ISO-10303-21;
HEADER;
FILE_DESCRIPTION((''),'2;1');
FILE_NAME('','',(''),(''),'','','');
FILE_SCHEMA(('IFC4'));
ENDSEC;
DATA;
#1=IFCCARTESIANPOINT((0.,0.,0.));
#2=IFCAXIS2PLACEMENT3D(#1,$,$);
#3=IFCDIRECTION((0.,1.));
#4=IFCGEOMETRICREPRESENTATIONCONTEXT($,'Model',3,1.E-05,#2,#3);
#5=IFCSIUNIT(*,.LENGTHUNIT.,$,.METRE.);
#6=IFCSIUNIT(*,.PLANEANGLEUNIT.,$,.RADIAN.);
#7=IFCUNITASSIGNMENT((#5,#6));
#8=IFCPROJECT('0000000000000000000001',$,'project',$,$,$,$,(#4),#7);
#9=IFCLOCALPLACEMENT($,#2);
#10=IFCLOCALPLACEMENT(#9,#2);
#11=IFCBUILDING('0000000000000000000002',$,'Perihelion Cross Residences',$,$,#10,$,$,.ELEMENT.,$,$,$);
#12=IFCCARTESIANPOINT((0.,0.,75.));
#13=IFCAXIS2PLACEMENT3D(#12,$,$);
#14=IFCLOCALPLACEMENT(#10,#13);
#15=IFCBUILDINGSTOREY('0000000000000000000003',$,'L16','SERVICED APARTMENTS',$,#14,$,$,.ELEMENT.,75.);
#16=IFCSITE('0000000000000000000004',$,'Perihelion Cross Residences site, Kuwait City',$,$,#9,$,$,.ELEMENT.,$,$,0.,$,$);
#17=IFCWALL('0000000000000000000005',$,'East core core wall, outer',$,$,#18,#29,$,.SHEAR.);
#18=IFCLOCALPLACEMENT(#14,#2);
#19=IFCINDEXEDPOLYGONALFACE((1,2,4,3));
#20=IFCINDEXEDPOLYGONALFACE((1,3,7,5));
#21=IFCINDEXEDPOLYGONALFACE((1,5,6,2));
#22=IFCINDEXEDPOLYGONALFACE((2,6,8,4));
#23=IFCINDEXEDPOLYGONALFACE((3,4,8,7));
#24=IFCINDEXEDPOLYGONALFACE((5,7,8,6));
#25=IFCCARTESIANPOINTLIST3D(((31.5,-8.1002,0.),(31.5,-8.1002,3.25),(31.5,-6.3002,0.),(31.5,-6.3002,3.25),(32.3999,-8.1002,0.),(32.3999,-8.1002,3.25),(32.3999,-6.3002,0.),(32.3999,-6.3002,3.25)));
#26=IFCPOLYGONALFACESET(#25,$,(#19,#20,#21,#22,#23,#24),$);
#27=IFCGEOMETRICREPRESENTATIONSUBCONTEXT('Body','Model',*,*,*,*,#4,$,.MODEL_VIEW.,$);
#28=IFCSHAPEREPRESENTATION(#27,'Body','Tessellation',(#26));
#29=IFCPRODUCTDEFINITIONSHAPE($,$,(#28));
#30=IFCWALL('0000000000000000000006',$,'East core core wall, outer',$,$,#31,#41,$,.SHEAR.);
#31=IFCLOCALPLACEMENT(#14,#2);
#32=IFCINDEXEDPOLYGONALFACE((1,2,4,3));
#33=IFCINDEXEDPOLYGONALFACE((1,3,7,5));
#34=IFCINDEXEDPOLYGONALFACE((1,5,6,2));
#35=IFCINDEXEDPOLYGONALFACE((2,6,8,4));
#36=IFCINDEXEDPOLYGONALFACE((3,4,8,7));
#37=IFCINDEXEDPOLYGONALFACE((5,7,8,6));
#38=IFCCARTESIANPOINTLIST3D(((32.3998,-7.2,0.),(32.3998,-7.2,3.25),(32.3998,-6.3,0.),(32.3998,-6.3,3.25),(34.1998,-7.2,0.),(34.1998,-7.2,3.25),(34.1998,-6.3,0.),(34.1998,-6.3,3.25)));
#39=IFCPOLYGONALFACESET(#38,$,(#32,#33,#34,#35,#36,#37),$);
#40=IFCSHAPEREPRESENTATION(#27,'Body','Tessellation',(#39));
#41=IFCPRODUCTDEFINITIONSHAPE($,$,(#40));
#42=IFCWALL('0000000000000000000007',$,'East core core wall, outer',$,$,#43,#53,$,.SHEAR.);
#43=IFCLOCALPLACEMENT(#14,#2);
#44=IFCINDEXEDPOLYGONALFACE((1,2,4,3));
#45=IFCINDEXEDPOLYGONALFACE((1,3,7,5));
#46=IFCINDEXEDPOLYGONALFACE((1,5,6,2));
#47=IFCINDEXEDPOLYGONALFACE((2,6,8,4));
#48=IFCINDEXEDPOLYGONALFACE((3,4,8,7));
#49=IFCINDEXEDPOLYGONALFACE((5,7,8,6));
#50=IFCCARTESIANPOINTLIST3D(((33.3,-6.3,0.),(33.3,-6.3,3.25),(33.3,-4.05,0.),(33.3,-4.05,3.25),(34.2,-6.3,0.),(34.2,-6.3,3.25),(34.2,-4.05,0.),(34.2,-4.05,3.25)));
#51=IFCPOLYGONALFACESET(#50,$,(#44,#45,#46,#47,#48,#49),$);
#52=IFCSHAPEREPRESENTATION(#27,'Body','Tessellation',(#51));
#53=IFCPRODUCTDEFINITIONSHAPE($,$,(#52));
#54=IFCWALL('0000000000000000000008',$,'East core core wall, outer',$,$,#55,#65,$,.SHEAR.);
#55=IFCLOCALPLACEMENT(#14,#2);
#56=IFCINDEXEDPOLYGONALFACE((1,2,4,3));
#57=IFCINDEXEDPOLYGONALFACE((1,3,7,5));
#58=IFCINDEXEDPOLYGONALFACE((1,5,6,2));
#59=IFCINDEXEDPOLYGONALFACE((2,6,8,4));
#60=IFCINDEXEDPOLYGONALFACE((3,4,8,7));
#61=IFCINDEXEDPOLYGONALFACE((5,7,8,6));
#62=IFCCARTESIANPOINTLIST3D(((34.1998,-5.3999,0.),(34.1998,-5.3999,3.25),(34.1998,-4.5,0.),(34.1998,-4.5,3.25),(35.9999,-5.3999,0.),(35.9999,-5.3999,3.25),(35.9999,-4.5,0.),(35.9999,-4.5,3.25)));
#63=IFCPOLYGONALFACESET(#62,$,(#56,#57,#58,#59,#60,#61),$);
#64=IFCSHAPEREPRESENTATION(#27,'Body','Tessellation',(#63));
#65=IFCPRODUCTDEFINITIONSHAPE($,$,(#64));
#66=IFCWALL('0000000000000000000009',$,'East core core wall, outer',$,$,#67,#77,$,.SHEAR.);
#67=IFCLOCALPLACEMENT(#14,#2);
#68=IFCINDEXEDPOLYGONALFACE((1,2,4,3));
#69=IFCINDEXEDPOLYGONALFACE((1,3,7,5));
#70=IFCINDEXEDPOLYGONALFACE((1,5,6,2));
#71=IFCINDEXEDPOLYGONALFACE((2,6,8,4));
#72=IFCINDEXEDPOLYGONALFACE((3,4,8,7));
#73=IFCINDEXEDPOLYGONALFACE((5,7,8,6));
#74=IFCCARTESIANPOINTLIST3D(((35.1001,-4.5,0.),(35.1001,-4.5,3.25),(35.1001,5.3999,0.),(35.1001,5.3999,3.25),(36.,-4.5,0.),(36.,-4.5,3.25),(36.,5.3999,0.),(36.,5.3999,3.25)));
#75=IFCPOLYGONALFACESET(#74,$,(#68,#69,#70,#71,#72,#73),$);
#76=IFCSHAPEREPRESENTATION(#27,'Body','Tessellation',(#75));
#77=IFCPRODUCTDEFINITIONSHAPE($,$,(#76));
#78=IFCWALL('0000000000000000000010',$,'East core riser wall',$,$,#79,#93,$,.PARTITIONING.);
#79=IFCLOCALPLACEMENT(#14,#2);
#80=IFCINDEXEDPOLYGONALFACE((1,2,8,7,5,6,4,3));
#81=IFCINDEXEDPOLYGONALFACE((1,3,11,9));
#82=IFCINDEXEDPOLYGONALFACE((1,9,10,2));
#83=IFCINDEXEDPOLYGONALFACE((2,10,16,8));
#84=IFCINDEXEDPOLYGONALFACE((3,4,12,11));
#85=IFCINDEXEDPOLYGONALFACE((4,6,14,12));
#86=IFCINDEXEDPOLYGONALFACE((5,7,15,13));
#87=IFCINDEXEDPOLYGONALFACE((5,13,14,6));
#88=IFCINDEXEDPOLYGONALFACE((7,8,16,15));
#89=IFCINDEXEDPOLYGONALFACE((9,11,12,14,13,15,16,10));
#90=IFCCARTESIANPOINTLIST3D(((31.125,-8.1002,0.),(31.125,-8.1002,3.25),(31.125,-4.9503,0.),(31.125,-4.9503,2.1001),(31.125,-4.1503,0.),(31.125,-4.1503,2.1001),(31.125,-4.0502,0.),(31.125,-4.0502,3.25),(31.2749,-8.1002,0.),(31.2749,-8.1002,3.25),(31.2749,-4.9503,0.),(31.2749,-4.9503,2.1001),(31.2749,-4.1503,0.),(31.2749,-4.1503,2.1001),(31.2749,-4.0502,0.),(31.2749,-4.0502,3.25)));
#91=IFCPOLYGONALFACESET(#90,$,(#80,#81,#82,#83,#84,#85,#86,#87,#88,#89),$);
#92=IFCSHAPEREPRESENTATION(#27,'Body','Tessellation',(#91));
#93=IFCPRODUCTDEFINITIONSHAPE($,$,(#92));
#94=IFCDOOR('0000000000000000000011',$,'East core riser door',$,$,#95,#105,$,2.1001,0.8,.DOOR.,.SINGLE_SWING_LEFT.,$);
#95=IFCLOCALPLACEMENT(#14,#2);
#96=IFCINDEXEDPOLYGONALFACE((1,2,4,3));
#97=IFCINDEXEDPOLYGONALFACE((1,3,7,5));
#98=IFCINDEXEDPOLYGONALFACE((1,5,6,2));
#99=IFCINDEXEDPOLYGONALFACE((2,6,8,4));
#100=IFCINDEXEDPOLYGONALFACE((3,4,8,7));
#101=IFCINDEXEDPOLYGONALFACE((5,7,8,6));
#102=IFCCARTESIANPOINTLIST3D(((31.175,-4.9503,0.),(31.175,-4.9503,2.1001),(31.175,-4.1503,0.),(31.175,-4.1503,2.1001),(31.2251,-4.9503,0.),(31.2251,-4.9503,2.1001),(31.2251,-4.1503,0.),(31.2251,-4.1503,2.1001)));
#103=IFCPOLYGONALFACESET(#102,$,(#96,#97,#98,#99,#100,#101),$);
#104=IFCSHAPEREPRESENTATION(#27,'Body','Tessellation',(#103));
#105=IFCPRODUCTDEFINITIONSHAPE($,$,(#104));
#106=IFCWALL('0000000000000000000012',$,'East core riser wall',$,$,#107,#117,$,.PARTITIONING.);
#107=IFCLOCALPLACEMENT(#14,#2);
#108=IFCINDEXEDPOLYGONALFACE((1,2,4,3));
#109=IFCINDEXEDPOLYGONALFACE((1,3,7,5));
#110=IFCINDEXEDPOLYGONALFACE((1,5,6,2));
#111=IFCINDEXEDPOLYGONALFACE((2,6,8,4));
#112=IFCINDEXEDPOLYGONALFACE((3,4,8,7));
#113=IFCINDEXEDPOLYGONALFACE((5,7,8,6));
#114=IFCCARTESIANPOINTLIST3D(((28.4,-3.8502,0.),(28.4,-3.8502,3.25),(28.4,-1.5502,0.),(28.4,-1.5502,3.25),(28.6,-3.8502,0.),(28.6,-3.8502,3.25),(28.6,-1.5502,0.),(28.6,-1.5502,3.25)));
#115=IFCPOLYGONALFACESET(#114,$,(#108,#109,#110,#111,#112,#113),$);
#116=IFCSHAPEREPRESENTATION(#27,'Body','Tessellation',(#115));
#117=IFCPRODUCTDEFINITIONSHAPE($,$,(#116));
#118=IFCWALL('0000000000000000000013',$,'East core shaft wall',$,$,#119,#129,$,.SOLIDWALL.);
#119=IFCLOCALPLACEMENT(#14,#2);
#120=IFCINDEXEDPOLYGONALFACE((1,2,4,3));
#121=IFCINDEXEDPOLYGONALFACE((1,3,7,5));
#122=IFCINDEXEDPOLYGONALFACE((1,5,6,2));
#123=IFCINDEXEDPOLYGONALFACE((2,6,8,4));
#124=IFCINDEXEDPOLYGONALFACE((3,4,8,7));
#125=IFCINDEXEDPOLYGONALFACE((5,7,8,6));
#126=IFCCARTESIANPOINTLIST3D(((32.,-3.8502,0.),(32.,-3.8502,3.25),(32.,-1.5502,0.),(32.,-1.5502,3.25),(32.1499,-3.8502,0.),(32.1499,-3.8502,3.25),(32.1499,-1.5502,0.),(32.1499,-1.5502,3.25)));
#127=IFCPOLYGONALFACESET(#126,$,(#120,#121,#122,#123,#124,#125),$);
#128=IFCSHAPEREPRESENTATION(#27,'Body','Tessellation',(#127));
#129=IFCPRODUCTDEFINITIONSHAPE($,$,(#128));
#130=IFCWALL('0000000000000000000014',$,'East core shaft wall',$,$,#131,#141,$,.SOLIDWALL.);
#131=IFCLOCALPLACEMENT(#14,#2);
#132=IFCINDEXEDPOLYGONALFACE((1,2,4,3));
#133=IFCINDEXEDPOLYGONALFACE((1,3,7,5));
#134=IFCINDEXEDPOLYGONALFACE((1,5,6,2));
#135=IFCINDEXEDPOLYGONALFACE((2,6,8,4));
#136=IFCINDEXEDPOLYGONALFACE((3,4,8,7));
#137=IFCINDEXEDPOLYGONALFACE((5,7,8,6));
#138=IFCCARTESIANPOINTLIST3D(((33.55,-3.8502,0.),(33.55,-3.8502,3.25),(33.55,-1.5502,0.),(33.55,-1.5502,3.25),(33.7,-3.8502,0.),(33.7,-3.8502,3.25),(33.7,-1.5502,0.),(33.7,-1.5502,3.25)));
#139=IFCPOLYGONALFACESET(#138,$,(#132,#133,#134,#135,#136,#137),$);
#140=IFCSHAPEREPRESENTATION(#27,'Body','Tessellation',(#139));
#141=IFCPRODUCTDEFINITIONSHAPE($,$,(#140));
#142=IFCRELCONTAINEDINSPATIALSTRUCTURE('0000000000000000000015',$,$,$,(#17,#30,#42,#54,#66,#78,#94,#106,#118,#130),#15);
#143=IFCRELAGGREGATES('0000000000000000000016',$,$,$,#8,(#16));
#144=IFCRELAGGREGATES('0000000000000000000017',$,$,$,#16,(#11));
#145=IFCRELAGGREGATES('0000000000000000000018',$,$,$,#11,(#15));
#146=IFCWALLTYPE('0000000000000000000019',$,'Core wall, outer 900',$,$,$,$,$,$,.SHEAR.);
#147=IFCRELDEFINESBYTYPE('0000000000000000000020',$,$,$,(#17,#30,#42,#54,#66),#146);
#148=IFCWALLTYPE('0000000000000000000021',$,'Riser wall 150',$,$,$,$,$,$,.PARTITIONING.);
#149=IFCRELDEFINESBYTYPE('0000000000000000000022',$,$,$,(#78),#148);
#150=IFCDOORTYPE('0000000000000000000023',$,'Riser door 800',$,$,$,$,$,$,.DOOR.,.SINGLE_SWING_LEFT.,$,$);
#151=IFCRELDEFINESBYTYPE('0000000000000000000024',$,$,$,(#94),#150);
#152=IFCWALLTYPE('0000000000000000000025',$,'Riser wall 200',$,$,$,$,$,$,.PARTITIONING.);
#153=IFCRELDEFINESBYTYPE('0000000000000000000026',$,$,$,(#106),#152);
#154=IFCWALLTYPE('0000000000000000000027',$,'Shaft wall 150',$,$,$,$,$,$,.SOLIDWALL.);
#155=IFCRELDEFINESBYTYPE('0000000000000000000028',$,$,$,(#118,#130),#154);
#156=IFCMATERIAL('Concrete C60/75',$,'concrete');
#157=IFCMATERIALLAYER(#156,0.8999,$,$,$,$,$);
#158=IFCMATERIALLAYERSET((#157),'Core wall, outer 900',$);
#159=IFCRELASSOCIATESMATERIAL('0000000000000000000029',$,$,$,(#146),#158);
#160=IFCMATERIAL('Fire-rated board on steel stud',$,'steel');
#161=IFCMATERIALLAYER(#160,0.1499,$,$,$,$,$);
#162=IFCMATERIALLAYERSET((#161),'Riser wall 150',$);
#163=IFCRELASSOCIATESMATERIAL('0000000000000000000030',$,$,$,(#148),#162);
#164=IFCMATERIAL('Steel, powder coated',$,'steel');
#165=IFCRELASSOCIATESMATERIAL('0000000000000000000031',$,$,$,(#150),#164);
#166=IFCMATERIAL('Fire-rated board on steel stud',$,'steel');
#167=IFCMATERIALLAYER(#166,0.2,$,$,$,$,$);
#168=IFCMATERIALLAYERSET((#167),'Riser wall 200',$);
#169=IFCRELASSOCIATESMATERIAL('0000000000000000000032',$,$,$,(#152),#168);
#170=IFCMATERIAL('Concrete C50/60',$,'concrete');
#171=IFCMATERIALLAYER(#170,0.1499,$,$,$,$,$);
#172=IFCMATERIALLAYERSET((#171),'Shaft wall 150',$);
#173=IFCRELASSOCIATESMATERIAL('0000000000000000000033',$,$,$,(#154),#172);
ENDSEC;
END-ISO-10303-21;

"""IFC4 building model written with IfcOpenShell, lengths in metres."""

from ifc_helpers import new_model, si_unit, direction, frame, frame_2d, origin, place, context, subcontext, project, spatial, rectangle, extrude, material, layer, layer_set, type_object, element, fill, save


model = new_model("IFC4")

# Units and contexts
model_context = context("Model", 3, precision=1e-05, world=origin(), true_north=direction((0.0, 1.0)))
body_context = subcontext(model_context, "Body", "Model", "MODEL_VIEW")
ifc_project = project(units=[si_unit("LENGTHUNIT", "METRE"), si_unit("PLANEANGLEUNIT", "RADIAN")], contexts=[model_context])

# Site, building, storey
site_placement = place(None, origin())
site = spatial("IfcSite", under=ifc_project, at=site_placement, Name="Perihelion Cross Residences site, Kuwait City", CompositionType="ELEMENT", RefElevation=0.0)
building_placement = place(site_placement, origin())
building = spatial("IfcBuilding", under=site, at=building_placement, Name="Perihelion Cross Residences", CompositionType="ELEMENT")
storey_placement = place(building_placement, frame((0.0, 0.0, 75.0)))
storey = spatial("IfcBuildingStorey", under=building, at=storey_placement, Name="L16", Description="SERVICED APARTMENTS", CompositionType="ELEMENT", Elevation=75.0)

# Walls
ifc_material_1 = material(Name="Concrete C60/75", Category="concrete")
ifc_layer_1 = layer(ifc_material_1, 0.8999)
ifc_layer_set_1 = layer_set([ifc_layer_1], Name="Core wall, outer 900")
wall_type_1 = type_object("IfcWallType", Name="Core wall, outer 900", PredefinedType="SHEAR", material=ifc_layer_set_1)
for number, where, z_axis, x_axis, name in (
    (1, (31.95, -8.1001, 0.0), (0.0, 0.0, 1.0), (0.0, 1.0, 0.0), "East core core wall, outer"),
    (2, (32.3999, -6.75, 0.0), (0.0, 0.0, 1.0), (1.0, 0.0, 0.0), "East core core wall, outer"),
):
    element("IfcWall", number, at=place(storey_placement, frame(where, z_axis=z_axis, x_axis=x_axis)), inside=storey, type_object=wall_type_1, Name=name, PredefinedType="SHEAR", context=body_context, shape_type="SweptSolid", body=[
        extrude(rectangle(XDim=1.8, YDim=0.8999, at=frame_2d((0.8999, 0.0))), origin(), (0.0, 0.0, 1.0), 3.25),
    ])
wall_1_placement = place(storey_placement, frame((33.75, -6.3, 0.0), z_axis=(0.0, 0.0, 1.0), x_axis=(0.0, 1.0, 0.0)))
element("IfcWall", 3, at=wall_1_placement, inside=storey, type_object=wall_type_1, Name="East core core wall, outer", PredefinedType="SHEAR", context=body_context, shape_type="SweptSolid", body=[
    extrude(rectangle(XDim=2.25, YDim=0.8999, at=frame_2d((1.125, 0.0))), origin(), (0.0, 0.0, 1.0), 3.25),
])
wall_2_placement = place(storey_placement, frame((34.2, -4.95, 0.0), z_axis=(0.0, 0.0, 1.0), x_axis=(1.0, 0.0, 0.0)))
element("IfcWall", 4, at=wall_2_placement, inside=storey, type_object=wall_type_1, Name="East core core wall, outer", PredefinedType="SHEAR", context=body_context, shape_type="SweptSolid", body=[
    extrude(rectangle(XDim=1.8, YDim=0.8999, at=frame_2d((0.8999, 0.0))), origin(), (0.0, 0.0, 1.0), 3.25),
])
wall_3_placement = place(storey_placement, frame((35.55, -4.5, 0.0), z_axis=(0.0, 0.0, 1.0), x_axis=(0.0, 1.0, 0.0)))
element("IfcWall", 5, at=wall_3_placement, inside=storey, type_object=wall_type_1, Name="East core core wall, outer", PredefinedType="SHEAR", context=body_context, shape_type="SweptSolid", body=[
    extrude(rectangle(XDim=9.8999, YDim=0.8999, at=frame_2d((4.95, 0.0))), origin(), (0.0, 0.0, 1.0), 3.25),
])

# Wall, opening, door
ifc_material_2 = material(Name="Fire-rated board on steel stud", Category="steel")
ifc_layer_2 = layer(ifc_material_2, 0.1499)
ifc_layer_set_2 = layer_set([ifc_layer_2], Name="Riser wall 150")
wall_type_2 = type_object("IfcWallType", Name="Riser wall 150", PredefinedType="PARTITIONING", material=ifc_layer_set_2)
wall_4_placement = place(storey_placement, frame((31.2, -8.1001, 0.0), z_axis=(0.0, 0.0, 1.0), x_axis=(0.0, 1.0, 0.0)))
wall_4 = element("IfcWall", 6, at=wall_4_placement, inside=storey, type_object=wall_type_2, Name="East core riser wall", PredefinedType="PARTITIONING", context=body_context, shape_type="SweptSolid", body=[
    extrude(rectangle(XDim=4.05, YDim=0.1499, at=frame_2d((2.0249, 0.0))), origin(), (0.0, 0.0, 1.0), 3.25),
])
opening_1_placement = place(wall_4_placement, frame((3.1499, 0.0, 0.0)))
opening_1 = element("IfcOpeningElement", 7, at=opening_1_placement, cuts=wall_4, PredefinedType="OPENING", context=body_context, shape_type="SweptSolid", body=[
    extrude(rectangle(XDim=0.8, YDim=2.1001, at=frame_2d((0.3999, 1.05))), frame((0.0, 0.085, 0.0), z_axis=(0.0, -1.0, 0.0), x_axis=(1.0, 0.0, 0.0)), (0.0, 0.0, 1.0), 0.1699),
])
ifc_material_3 = material(Name="Steel, powder coated", Category="steel")
door_type_1 = type_object("IfcDoorType", Name="Riser door 800", OperationType="SINGLE_SWING_LEFT", PredefinedType="DOOR", material=ifc_material_3)
door_1_placement = place(opening_1_placement, origin())
door_1 = element("IfcDoor", 8, at=door_1_placement, inside=storey, type_object=door_type_1, Name="East core riser door", OperationType="SINGLE_SWING_LEFT", OverallHeight=2.1001, OverallWidth=0.8, PredefinedType="DOOR", context=body_context, shape_type="SweptSolid", body=[
    extrude(rectangle(XDim=0.8, YDim=2.1001, at=frame_2d((0.3999, 1.05))), frame((0.0, 0.0249, 0.0), z_axis=(0.0, -1.0, 0.0), x_axis=(1.0, 0.0, 0.0)), (0.0, 0.0, 1.0), 0.05),
])
fill(opening_1, door_1)

# Walls
ifc_material_4 = material(Name="Fire-rated board on steel stud", Category="steel")
ifc_layer_3 = layer(ifc_material_4, 0.2)
ifc_layer_set_3 = layer_set([ifc_layer_3], Name="Riser wall 200")
wall_type_3 = type_object("IfcWallType", Name="Riser wall 200", PredefinedType="PARTITIONING", material=ifc_layer_set_3)
wall_5_placement = place(storey_placement, frame((28.5, -3.8501, 0.0), z_axis=(0.0, 0.0, 1.0), x_axis=(0.0, 1.0, 0.0)))
element("IfcWall", 9, at=wall_5_placement, inside=storey, type_object=wall_type_3, Name="East core riser wall", PredefinedType="PARTITIONING", context=body_context, shape_type="SweptSolid", body=[
    extrude(rectangle(XDim=2.3, YDim=0.2, at=frame_2d((1.1499, 0.0))), origin(), (0.0, 0.0, 1.0), 3.25),
])
ifc_material_5 = material(Name="Concrete C50/60", Category="concrete")
ifc_layer_4 = layer(ifc_material_5, 0.1499)
ifc_layer_set_4 = layer_set([ifc_layer_4], Name="Shaft wall 150")
wall_type_4 = type_object("IfcWallType", Name="Shaft wall 150", PredefinedType="SOLIDWALL", material=ifc_layer_set_4)
for number, where, z_axis, x_axis, name in (
    (10, (32.075, -3.8501, 0.0), (0.0, 0.0, 1.0), (0.0, 1.0, 0.0), "East core shaft wall"),
    (11, (33.625, -3.8501, 0.0), (0.0, 0.0, 1.0), (0.0, 1.0, 0.0), "East core shaft wall"),
):
    element("IfcWall", number, at=place(storey_placement, frame(where, z_axis=z_axis, x_axis=x_axis)), inside=storey, type_object=wall_type_4, Name=name, PredefinedType="SOLIDWALL", context=body_context, shape_type="SweptSolid", body=[
        extrude(rectangle(XDim=2.3, YDim=0.1499, at=frame_2d((1.1499, 0.0))), origin(), (0.0, 0.0, 1.0), 3.25),
    ])

save(model, "model.ifc")
